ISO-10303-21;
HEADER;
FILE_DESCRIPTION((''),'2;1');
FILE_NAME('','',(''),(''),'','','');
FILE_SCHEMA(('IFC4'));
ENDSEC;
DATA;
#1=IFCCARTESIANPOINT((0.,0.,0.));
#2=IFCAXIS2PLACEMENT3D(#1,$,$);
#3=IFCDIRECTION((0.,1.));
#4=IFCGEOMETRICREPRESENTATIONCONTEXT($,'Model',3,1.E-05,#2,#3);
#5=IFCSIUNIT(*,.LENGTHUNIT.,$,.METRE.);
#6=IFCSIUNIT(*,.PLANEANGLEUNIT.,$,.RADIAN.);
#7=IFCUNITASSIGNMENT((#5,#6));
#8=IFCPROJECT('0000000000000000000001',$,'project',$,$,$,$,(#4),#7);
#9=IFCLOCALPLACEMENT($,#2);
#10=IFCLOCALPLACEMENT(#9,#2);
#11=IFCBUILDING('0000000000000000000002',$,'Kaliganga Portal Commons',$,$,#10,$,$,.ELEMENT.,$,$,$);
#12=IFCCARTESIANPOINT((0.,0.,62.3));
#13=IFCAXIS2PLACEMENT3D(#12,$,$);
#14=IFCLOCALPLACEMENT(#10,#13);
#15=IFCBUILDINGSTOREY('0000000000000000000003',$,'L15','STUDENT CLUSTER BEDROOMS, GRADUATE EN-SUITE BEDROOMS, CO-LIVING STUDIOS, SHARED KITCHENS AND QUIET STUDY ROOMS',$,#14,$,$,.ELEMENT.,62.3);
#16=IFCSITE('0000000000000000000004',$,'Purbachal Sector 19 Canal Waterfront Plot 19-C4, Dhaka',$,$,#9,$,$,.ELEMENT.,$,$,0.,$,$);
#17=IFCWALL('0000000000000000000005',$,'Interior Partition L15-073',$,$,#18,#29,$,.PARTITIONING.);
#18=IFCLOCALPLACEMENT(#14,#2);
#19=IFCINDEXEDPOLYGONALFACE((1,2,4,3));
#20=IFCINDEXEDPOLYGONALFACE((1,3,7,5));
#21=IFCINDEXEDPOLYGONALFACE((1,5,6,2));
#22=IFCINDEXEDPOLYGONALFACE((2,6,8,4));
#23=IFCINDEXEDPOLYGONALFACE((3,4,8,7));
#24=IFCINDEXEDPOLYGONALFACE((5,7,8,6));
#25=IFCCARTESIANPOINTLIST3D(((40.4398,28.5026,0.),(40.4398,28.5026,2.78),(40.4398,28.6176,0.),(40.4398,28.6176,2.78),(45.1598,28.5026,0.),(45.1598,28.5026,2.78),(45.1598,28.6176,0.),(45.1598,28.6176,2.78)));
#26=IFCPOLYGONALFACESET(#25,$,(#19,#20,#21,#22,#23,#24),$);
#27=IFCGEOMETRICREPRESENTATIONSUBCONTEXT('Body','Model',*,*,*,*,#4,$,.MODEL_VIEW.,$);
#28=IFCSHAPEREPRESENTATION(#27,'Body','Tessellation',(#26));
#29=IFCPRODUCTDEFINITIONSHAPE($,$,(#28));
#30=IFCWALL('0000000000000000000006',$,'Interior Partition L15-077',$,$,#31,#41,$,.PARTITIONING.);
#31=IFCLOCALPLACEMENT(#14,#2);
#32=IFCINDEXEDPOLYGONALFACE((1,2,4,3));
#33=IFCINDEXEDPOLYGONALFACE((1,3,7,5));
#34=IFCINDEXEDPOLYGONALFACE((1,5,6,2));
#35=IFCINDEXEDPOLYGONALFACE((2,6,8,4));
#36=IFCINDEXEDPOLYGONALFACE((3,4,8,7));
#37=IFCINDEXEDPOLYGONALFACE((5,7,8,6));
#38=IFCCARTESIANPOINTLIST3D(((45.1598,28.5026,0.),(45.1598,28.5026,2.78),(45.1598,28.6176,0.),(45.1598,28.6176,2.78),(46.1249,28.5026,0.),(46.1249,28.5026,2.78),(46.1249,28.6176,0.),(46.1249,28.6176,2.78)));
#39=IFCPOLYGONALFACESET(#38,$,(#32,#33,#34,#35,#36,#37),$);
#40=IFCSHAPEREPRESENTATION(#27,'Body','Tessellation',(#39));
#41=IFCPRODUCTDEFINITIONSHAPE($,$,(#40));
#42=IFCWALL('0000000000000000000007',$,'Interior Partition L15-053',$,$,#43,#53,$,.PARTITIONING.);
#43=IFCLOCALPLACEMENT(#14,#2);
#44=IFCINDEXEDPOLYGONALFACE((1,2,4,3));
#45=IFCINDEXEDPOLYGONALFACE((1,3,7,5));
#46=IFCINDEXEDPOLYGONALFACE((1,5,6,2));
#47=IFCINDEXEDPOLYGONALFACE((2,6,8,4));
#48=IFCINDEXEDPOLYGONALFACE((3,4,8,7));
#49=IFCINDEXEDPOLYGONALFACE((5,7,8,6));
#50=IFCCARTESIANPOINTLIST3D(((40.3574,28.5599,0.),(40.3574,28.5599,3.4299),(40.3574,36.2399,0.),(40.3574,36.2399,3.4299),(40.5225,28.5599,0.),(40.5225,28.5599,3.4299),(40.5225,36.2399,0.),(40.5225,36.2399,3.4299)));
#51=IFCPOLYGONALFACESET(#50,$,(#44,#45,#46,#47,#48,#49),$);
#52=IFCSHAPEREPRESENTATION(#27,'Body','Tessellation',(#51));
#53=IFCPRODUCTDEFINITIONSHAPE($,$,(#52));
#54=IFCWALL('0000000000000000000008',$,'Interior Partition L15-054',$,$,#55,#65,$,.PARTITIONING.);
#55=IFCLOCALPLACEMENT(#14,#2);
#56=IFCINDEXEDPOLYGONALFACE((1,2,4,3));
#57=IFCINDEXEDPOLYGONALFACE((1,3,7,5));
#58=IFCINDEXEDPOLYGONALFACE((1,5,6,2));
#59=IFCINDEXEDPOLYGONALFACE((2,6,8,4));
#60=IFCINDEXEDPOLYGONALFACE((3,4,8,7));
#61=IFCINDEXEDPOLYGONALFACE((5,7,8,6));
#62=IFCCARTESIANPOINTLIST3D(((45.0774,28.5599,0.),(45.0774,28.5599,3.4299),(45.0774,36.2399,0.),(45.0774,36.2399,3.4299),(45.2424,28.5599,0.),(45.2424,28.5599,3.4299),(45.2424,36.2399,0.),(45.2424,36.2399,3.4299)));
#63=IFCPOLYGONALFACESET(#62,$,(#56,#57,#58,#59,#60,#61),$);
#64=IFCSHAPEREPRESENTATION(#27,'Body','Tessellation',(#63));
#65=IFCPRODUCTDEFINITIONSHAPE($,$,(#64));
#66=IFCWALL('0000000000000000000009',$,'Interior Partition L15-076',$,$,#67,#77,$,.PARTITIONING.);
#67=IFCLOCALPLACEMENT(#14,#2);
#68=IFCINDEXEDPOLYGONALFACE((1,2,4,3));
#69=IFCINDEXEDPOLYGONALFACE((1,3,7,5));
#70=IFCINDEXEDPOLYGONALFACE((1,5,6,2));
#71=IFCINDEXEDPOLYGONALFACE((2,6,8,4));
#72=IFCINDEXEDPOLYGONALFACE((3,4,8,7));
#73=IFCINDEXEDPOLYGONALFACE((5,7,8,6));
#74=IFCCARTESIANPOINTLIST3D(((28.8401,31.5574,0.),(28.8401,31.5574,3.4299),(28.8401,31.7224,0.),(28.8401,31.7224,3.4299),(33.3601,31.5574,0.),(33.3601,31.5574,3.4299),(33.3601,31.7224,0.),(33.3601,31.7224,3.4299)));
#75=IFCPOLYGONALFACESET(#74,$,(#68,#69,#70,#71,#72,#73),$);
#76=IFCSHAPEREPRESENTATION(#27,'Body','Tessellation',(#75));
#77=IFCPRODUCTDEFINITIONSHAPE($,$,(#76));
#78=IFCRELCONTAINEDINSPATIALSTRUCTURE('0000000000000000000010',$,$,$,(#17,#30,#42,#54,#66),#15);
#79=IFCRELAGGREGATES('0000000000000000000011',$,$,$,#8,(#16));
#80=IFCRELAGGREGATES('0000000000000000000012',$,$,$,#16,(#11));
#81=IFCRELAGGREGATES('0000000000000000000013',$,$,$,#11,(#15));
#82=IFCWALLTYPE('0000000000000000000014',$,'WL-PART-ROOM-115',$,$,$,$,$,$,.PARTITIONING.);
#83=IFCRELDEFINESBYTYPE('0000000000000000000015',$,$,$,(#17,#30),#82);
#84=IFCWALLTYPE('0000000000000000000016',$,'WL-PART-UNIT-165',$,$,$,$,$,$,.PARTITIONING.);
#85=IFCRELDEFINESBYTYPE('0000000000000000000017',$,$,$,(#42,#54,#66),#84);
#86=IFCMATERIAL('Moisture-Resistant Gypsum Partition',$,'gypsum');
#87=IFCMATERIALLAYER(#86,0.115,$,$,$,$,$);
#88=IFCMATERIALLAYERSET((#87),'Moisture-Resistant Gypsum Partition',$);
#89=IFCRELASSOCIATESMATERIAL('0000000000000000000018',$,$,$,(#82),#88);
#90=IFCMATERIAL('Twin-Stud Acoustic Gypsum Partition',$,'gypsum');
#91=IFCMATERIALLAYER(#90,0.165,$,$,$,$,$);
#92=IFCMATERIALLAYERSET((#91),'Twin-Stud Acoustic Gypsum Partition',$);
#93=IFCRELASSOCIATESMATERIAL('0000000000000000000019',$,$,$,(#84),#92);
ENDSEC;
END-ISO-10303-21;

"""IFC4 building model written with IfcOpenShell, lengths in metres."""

from ifc_helpers import new_model, si_unit, direction, frame, frame_2d, origin, place, context, subcontext, project, spatial, rectangle, extrude, material, layer, layer_set, type_object, element, save


model = new_model("IFC4")

# Units and contexts
model_context = context("Model", 3, precision=1e-05, world=origin(), true_north=direction((0.0, 1.0)))
body_context = subcontext(model_context, "Body", "Model", "MODEL_VIEW")
ifc_project = project(units=[si_unit("LENGTHUNIT", "METRE"), si_unit("PLANEANGLEUNIT", "RADIAN")], contexts=[model_context])

# Site, building, storey
site_placement = place(None, origin())
site = spatial("IfcSite", under=ifc_project, at=site_placement, Name="Purbachal Sector 19 Canal Waterfront Plot 19-C4, Dhaka", CompositionType="ELEMENT", RefElevation=0.0)
building_placement = place(site_placement, origin())
building = spatial("IfcBuilding", under=site, at=building_placement, Name="Kaliganga Portal Commons", CompositionType="ELEMENT")
storey_placement = place(building_placement, frame((0.0, 0.0, 62.3)))
storey = spatial("IfcBuildingStorey", under=building, at=storey_placement, Name="L15", Description="STUDENT CLUSTER BEDROOMS, GRADUATE EN-SUITE BEDROOMS, CO-LIVING STUDIOS, SHARED KITCHENS AND QUIET STUDY ROOMS", CompositionType="ELEMENT", Elevation=62.3)

# Walls
ifc_material_1 = material(Name="Moisture-Resistant Gypsum Partition", Category="gypsum")
ifc_layer_1 = layer(ifc_material_1, 0.115)
ifc_layer_set_1 = layer_set([ifc_layer_1], Name="Moisture-Resistant Gypsum Partition")
wall_type_1 = type_object("IfcWallType", Name="WL-PART-ROOM-115", PredefinedType="PARTITIONING", material=ifc_layer_set_1)
wall_1_placement = place(storey_placement, frame((40.4399, 28.5601, 0.0), z_axis=(0.0, 0.0, 1.0), x_axis=(1.0, 0.0, 0.0)))
element("IfcWall", 1, at=wall_1_placement, inside=storey, type_object=wall_type_1, Name="Interior Partition L15-073", PredefinedType="PARTITIONING", context=body_context, shape_type="SweptSolid", body=[
    extrude(rectangle(XDim=4.72, YDim=0.115, at=frame_2d((2.3599, 0.0))), origin(), (0.0, 0.0, 1.0), 2.78),
])
wall_2_placement = place(storey_placement, frame((45.1599, 28.5601, 0.0), z_axis=(0.0, 0.0, 1.0), x_axis=(1.0, 0.0, 0.0)))
element("IfcWall", 2, at=wall_2_placement, inside=storey, type_object=wall_type_1, Name="Interior Partition L15-077", PredefinedType="PARTITIONING", context=body_context, shape_type="SweptSolid", body=[
    extrude(rectangle(XDim=0.9651, YDim=0.115, at=frame_2d((0.4824, 0.0))), origin(), (0.0, 0.0, 1.0), 2.78),
])
ifc_material_2 = material(Name="Twin-Stud Acoustic Gypsum Partition", Category="gypsum")
ifc_layer_2 = layer(ifc_material_2, 0.165)
ifc_layer_set_2 = layer_set([ifc_layer_2], Name="Twin-Stud Acoustic Gypsum Partition")
wall_type_2 = type_object("IfcWallType", Name="WL-PART-UNIT-165", PredefinedType="PARTITIONING", material=ifc_layer_set_2)
for number, where, z_axis, x_axis, name in (
    (3, (40.4399, 28.5601, 0.0), (0.0, 0.0, 1.0), (0.0, 1.0, 0.0), "Interior Partition L15-053"),
    (4, (45.1599, 28.5601, 0.0), (0.0, 0.0, 1.0), (0.0, 1.0, 0.0), "Interior Partition L15-054"),
):
    element("IfcWall", number, at=place(storey_placement, frame(where, z_axis=z_axis, x_axis=x_axis)), inside=storey, type_object=wall_type_2, Name=name, PredefinedType="PARTITIONING", context=body_context, shape_type="SweptSolid", body=[
        extrude(rectangle(XDim=7.6799, YDim=0.165, at=frame_2d((3.8398, 0.0))), origin(), (0.0, 0.0, 1.0), 3.4299),
    ])
wall_3_placement = place(storey_placement, frame((28.8401, 31.6399, 0.0), z_axis=(0.0, 0.0, 1.0), x_axis=(1.0, 0.0, 0.0)))
element("IfcWall", 5, at=wall_3_placement, inside=storey, type_object=wall_type_2, Name="Interior Partition L15-076", PredefinedType="PARTITIONING", context=body_context, shape_type="SweptSolid", body=[
    extrude(rectangle(XDim=4.52, YDim=0.165, at=frame_2d((2.26, 0.0))), origin(), (0.0, 0.0, 1.0), 3.4299),
])

save(model, "model.ifc")
